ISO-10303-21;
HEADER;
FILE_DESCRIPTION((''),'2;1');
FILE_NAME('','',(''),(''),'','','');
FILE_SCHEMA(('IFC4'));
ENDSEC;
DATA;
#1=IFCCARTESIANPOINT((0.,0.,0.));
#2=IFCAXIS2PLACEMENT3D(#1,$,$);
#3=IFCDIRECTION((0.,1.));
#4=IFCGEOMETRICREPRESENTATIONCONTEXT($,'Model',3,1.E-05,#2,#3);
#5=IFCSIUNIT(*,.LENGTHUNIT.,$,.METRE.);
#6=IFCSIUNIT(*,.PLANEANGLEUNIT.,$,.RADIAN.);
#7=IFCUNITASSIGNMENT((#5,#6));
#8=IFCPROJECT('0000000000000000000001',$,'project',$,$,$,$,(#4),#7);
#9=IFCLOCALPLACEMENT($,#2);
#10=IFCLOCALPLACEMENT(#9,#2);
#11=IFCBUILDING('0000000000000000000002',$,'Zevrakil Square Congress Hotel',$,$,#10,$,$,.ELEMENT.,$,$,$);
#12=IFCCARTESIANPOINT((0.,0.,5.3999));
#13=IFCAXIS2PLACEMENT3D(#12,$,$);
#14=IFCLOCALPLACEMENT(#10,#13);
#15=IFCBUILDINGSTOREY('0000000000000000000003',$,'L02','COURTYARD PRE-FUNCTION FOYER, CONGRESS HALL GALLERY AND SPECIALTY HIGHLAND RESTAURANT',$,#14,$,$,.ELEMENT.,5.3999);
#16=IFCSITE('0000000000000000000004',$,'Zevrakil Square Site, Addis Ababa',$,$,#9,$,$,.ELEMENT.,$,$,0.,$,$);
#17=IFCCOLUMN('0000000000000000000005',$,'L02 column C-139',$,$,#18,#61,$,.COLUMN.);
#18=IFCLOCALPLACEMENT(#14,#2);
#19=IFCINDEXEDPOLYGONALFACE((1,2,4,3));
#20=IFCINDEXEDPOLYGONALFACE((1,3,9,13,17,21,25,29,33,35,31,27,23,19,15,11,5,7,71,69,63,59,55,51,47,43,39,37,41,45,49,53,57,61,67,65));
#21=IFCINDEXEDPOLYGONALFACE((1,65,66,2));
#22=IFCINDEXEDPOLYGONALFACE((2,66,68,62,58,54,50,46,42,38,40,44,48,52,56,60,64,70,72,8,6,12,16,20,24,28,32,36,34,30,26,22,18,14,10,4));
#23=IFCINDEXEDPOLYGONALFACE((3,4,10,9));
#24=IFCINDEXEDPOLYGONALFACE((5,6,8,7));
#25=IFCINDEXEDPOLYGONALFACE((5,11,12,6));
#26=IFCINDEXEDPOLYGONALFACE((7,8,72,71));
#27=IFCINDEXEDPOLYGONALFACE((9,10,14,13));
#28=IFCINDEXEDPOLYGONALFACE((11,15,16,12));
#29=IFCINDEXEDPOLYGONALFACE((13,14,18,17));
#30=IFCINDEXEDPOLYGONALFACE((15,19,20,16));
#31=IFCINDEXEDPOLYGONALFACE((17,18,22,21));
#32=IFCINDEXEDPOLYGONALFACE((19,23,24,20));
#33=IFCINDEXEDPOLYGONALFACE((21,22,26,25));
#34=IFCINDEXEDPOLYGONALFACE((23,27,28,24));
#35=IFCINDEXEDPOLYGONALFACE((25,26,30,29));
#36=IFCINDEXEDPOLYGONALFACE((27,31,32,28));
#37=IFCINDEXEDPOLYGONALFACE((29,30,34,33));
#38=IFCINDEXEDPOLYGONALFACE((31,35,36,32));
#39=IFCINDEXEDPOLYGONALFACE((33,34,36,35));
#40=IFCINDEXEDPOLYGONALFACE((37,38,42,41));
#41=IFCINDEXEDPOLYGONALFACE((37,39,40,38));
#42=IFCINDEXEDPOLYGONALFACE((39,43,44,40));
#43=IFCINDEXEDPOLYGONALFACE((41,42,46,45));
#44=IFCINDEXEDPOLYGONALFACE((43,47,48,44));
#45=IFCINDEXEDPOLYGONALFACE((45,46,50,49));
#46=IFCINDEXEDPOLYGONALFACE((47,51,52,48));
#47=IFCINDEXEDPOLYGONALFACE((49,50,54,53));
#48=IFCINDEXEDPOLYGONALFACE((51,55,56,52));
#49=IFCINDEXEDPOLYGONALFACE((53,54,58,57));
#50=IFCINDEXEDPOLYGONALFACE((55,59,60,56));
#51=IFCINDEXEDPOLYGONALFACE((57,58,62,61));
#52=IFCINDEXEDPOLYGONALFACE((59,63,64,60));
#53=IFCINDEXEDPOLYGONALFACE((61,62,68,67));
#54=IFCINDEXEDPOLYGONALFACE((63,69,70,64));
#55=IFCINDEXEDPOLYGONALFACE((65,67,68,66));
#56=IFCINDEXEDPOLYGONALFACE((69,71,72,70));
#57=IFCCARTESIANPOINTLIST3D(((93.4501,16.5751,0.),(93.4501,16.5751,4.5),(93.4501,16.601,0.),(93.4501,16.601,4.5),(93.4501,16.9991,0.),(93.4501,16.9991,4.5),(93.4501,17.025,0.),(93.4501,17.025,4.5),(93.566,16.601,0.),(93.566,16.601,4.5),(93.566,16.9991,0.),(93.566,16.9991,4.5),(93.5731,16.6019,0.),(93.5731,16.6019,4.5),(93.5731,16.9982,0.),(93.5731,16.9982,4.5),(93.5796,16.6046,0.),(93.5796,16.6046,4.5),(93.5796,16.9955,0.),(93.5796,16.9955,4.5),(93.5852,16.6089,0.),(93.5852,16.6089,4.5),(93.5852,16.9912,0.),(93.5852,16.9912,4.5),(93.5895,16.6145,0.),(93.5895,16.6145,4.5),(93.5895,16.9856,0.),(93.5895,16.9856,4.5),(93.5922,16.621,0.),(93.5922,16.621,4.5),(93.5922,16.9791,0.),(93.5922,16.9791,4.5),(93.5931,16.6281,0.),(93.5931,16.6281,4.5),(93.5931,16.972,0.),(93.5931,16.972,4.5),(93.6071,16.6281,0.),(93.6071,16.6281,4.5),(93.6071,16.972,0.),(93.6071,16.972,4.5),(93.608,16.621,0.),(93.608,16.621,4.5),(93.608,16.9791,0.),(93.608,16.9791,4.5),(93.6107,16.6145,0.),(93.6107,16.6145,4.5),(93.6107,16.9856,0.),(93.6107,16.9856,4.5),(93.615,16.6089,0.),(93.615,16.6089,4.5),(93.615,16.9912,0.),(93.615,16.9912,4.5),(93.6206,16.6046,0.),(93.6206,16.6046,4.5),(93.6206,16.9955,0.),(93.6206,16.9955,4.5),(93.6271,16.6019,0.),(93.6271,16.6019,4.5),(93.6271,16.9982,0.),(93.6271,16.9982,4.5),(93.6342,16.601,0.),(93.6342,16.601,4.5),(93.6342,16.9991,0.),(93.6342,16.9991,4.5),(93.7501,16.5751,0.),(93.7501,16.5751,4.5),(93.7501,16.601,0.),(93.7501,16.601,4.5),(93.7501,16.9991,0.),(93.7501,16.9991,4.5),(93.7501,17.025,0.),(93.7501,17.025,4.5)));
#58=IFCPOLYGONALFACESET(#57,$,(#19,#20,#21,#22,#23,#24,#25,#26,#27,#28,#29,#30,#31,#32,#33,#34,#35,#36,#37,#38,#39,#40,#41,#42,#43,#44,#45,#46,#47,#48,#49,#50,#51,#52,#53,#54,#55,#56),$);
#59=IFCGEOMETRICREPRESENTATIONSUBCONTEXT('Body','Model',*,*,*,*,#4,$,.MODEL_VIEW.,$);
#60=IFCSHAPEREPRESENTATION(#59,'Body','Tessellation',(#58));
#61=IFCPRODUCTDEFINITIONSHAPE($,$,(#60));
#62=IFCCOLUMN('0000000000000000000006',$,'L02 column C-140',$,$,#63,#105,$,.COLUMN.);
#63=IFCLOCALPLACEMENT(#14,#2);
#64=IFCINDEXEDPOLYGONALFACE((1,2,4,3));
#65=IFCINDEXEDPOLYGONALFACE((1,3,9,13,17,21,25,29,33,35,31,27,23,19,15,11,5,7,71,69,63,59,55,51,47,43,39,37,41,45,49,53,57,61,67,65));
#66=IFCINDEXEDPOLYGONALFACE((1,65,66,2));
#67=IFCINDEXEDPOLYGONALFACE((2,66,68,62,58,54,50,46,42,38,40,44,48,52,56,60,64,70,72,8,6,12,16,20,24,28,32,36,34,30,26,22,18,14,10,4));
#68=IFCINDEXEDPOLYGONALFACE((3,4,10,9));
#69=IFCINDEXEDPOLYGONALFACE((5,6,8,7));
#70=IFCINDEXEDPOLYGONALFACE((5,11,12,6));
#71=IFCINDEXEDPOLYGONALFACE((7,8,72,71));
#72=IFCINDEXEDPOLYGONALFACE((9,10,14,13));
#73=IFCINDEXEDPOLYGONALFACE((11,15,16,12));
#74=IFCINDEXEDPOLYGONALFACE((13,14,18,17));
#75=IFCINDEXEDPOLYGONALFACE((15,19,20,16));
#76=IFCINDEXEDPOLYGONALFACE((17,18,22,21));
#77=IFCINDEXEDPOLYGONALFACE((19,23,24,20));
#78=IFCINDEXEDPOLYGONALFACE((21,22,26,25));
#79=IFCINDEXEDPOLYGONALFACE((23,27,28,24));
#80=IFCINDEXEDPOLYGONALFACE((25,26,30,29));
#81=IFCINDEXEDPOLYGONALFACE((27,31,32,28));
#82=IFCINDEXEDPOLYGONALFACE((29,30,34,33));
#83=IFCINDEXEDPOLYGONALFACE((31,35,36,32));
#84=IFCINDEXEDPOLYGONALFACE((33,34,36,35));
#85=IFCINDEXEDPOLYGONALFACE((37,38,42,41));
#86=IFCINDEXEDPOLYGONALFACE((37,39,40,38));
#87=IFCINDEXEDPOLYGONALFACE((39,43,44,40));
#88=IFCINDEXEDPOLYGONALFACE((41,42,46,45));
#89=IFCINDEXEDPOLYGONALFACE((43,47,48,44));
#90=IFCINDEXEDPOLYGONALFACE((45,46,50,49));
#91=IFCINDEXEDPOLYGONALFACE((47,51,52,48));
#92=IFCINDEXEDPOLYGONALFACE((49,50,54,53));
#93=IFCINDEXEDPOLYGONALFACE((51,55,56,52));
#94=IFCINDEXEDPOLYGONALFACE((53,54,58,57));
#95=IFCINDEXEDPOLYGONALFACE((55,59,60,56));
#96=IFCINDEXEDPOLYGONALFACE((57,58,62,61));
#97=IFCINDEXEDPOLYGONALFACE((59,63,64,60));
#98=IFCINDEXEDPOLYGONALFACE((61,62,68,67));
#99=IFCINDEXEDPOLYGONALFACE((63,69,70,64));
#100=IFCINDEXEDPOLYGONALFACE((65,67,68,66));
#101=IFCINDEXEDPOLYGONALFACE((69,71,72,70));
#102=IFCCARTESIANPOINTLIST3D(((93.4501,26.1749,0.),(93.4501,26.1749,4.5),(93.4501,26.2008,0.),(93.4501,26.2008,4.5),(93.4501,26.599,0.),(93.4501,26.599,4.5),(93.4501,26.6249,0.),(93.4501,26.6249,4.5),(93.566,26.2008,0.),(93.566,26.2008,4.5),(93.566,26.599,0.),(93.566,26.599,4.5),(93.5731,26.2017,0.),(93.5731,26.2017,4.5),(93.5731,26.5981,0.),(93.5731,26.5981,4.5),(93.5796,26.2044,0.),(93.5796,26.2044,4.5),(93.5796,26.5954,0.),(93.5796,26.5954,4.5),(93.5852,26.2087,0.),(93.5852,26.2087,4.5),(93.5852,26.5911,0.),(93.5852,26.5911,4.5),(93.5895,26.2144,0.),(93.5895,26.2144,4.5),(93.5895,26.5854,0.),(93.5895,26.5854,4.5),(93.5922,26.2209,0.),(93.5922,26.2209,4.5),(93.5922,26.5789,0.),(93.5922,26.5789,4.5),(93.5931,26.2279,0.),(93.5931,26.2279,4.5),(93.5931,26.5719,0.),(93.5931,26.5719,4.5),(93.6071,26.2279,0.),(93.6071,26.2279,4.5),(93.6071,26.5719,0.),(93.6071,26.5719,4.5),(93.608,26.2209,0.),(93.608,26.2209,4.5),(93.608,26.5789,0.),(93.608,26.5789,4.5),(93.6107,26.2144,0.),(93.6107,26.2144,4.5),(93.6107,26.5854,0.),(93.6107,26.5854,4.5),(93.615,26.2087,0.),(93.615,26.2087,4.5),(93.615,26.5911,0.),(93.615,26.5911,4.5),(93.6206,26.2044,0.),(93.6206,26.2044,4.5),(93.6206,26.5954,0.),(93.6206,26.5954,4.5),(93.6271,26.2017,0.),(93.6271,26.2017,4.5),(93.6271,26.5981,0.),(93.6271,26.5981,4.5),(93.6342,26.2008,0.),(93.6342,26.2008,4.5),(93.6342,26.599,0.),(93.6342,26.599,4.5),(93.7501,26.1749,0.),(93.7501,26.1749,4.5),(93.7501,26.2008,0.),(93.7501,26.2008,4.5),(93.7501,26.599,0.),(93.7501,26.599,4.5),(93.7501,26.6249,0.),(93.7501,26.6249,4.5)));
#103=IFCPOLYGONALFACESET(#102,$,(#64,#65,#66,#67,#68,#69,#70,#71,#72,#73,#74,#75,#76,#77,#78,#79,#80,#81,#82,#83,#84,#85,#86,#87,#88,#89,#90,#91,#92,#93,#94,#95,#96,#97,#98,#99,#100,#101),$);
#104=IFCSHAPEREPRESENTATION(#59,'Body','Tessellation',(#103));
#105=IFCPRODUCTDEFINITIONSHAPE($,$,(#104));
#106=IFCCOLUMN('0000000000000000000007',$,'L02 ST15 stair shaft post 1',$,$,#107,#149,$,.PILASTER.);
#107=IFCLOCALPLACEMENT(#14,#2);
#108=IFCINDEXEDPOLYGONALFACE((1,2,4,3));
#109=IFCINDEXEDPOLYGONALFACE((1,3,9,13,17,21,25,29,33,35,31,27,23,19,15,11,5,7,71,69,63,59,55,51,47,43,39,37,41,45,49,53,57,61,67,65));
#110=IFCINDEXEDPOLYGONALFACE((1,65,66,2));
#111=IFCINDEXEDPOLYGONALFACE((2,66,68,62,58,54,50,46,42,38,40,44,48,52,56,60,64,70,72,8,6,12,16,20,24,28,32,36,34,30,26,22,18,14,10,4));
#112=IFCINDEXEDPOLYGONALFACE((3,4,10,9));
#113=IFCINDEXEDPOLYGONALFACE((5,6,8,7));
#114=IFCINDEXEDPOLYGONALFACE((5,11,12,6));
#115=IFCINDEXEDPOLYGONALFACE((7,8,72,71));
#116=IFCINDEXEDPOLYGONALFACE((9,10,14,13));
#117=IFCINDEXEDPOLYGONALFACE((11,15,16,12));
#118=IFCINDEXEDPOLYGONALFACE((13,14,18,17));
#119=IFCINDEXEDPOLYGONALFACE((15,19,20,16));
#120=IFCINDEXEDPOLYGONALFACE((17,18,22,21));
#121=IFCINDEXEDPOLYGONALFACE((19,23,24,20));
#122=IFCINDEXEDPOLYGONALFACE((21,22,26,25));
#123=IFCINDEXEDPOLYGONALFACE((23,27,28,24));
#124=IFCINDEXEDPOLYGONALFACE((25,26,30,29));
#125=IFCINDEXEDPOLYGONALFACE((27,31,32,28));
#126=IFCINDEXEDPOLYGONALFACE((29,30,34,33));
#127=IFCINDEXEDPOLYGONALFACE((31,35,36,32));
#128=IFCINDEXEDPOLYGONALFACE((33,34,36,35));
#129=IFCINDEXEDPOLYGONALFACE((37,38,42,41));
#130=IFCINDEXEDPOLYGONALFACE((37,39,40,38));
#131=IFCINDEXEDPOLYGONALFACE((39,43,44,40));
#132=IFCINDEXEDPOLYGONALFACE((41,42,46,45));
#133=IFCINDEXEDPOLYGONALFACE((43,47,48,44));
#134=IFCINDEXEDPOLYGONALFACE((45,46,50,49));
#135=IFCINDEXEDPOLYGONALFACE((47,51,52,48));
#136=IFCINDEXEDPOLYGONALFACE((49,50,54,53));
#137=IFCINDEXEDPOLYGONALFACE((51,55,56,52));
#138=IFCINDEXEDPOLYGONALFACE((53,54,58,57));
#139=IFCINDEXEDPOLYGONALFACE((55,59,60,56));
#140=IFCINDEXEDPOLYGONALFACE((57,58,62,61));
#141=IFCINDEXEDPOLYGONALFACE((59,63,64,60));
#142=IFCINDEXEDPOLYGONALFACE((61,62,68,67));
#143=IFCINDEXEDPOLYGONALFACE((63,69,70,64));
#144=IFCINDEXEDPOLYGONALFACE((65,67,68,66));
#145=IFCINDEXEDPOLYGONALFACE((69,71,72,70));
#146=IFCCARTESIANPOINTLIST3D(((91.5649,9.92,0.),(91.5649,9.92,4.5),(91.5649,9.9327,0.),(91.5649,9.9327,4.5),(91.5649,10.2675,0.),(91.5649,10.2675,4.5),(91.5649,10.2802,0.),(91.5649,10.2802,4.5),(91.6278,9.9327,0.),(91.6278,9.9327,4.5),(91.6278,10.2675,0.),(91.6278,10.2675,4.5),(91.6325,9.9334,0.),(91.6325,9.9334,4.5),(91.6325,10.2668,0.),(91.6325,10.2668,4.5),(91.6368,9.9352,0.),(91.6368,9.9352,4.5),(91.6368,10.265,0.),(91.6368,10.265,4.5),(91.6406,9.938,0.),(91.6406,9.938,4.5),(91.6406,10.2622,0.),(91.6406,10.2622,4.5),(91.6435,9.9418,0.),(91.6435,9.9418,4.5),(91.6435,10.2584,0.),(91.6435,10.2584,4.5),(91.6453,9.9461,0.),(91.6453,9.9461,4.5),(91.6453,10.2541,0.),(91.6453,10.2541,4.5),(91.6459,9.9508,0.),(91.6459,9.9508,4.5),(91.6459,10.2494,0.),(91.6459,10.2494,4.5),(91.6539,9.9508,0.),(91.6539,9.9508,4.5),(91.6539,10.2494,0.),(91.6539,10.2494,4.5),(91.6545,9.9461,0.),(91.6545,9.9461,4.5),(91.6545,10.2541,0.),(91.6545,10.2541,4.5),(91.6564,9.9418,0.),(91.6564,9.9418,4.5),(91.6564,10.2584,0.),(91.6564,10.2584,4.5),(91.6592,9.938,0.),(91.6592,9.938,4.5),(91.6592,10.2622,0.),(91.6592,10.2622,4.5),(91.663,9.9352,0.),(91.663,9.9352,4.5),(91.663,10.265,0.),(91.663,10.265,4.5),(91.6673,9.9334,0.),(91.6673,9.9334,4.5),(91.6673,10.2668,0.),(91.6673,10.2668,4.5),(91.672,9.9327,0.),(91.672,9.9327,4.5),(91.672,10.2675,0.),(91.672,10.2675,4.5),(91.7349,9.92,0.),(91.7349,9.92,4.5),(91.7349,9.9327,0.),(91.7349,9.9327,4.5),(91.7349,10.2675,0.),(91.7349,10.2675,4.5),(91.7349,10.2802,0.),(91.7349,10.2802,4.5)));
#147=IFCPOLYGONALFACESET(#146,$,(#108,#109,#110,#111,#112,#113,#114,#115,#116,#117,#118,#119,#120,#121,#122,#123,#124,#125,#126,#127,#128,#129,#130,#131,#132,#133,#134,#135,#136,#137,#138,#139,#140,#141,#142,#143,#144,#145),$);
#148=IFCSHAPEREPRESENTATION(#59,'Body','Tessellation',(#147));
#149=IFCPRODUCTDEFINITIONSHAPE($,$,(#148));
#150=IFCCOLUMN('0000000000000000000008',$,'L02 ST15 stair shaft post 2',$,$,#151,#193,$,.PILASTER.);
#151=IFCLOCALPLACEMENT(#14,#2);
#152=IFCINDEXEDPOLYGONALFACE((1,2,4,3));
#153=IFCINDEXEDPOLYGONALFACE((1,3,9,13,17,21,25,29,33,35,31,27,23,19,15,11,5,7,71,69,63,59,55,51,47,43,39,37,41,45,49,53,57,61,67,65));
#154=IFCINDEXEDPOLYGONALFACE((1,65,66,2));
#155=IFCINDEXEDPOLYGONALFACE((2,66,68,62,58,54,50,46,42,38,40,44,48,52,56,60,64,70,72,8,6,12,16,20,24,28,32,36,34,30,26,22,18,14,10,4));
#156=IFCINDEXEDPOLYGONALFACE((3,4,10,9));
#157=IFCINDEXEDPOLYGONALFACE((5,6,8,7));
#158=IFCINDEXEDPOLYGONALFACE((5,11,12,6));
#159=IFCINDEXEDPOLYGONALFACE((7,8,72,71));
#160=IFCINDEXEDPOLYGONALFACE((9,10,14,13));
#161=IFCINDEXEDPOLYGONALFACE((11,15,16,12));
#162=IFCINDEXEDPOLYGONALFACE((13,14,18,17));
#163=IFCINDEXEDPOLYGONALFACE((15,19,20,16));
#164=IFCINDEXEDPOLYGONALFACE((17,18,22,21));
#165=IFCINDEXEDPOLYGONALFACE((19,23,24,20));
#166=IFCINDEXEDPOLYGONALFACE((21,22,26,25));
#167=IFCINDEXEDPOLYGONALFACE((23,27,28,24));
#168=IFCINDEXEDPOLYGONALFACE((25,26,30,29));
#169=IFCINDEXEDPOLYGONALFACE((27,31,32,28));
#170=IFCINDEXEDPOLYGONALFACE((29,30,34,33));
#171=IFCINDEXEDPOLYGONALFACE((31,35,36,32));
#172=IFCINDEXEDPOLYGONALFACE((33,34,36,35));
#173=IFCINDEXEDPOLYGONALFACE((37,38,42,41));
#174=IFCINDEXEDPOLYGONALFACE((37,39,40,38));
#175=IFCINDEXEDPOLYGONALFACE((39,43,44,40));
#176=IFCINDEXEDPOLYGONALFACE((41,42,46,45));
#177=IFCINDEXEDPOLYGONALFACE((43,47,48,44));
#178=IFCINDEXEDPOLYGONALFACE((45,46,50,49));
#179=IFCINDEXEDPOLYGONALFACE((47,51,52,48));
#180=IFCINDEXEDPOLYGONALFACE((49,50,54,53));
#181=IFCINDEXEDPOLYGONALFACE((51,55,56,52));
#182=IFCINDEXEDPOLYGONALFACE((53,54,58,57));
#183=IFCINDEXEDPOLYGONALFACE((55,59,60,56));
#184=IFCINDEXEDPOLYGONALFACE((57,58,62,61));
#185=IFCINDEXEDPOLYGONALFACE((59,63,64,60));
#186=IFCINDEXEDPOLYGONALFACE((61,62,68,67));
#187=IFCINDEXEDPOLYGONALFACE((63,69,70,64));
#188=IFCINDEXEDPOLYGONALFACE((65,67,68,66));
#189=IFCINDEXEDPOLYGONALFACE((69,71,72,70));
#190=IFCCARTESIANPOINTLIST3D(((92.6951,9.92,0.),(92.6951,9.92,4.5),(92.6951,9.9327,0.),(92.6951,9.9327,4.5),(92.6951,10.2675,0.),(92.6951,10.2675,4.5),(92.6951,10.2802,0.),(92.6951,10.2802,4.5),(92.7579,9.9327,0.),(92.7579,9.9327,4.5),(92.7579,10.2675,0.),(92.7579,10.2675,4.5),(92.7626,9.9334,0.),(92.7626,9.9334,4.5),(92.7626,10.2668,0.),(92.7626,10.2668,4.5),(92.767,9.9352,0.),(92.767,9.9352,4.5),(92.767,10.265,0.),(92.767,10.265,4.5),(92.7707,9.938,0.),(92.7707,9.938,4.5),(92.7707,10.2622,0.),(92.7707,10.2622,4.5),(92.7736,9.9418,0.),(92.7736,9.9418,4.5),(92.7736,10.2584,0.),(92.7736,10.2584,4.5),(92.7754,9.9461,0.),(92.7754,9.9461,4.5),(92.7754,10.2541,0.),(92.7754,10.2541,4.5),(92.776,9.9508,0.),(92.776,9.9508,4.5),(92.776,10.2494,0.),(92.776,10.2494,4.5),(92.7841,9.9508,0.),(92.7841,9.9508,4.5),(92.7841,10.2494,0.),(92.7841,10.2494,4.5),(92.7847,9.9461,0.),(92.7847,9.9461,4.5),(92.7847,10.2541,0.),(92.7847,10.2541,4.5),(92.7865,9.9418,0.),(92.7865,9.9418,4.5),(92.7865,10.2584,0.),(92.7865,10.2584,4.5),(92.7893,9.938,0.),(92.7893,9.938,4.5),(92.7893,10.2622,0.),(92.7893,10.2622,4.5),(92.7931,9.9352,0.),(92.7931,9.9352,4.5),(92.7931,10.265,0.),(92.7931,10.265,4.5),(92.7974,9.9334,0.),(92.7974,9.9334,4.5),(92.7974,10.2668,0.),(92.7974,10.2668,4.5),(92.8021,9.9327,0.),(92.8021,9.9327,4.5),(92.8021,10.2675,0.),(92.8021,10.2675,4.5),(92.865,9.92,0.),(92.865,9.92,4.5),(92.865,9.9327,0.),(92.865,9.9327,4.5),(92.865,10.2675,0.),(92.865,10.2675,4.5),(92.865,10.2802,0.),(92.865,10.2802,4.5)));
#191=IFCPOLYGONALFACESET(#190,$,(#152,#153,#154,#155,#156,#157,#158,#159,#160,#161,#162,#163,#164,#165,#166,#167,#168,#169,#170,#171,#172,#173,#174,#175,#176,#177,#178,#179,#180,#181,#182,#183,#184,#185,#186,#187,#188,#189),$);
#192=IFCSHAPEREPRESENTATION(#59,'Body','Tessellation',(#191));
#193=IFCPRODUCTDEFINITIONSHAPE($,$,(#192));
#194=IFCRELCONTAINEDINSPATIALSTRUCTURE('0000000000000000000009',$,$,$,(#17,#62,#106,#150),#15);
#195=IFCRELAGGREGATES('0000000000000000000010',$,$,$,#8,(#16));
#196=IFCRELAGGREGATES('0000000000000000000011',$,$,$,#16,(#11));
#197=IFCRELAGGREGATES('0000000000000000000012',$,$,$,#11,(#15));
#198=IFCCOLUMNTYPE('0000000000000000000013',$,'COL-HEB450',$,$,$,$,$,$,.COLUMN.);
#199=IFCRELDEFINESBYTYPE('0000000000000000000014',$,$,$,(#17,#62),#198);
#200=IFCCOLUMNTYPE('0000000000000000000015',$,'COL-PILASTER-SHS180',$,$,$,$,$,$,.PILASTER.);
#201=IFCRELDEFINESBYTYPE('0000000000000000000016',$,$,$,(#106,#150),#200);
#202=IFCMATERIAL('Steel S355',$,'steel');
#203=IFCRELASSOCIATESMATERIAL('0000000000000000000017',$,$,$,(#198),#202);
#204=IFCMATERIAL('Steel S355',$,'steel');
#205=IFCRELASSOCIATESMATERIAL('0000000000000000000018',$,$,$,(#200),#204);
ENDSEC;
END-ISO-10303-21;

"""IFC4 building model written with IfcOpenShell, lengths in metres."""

from ifc_helpers import new_model, si_unit, direction, frame, origin, origin_2d, place, context, subcontext, project, spatial, i_section, extrude, material, material_profile, profile_set, type_object, element, save


model = new_model("IFC4")

# Units and contexts
model_context = context("Model", 3, precision=1e-05, world=origin(), true_north=direction((0.0, 1.0)))
body_context = subcontext(model_context, "Body", "Model", "MODEL_VIEW")
ifc_project = project(units=[si_unit("LENGTHUNIT", "METRE"), si_unit("PLANEANGLEUNIT", "RADIAN")], contexts=[model_context])

# Site, building, storey
site_placement = place(None, origin())
site = spatial("IfcSite", under=ifc_project, at=site_placement, Name="Zevrakil Square Site, Addis Ababa", CompositionType="ELEMENT", RefElevation=0.0)
building_placement = place(site_placement, origin())
building = spatial("IfcBuilding", under=site, at=building_placement, Name="Zevrakil Square Congress Hotel", CompositionType="ELEMENT")
storey_placement = place(building_placement, frame((0.0, 0.0, 5.3999)))
storey = spatial("IfcBuildingStorey", under=building, at=storey_placement, Name="L02", Description="COURTYARD PRE-FUNCTION FOYER, CONGRESS HALL GALLERY AND SPECIALTY HIGHLAND RESTAURANT", CompositionType="ELEMENT", Elevation=5.3999)

# Columns
ifc_material_1 = material(Name="Steel S355", Category="steel")
ifc_material_profile_1 = material_profile(ifc_material_1, i_section(OverallWidth=0.3, OverallDepth=0.45, WebThickness=0.0139, FlangeThickness=0.0259, FilletRadius=0.0271, at=origin_2d()), Name="HEB 450")
ifc_profile_set_1 = profile_set([ifc_material_profile_1], Name="Steel S355")
column_type_1 = type_object("IfcColumnType", Name="COL-HEB450", PredefinedType="COLUMN", material=ifc_profile_set_1)
for number, where, z_axis, x_axis, name in (
    (1, (93.6001, 16.8, 0.0), (0.0, 0.0, 1.0), (1.0, 0.0, 0.0), "L02 column C-139"),
    (2, (93.6001, 26.3999, 0.0), (0.0, 0.0, 1.0), (1.0, 0.0, 0.0), "L02 column C-140"),
):
    element("IfcColumn", number, at=place(storey_placement, frame(where, z_axis=z_axis, x_axis=x_axis)), inside=storey, type_object=column_type_1, Name=name, PredefinedType="COLUMN", context=body_context, shape_type="SweptSolid", body=[
        extrude(i_section(OverallWidth=0.3, OverallDepth=0.45, WebThickness=0.0139, FlangeThickness=0.0259, FilletRadius=0.0271, at=origin_2d()), origin(), (0.0, 0.0, 1.0), 4.5),
    ])
ifc_material_2 = material(Name="Steel S355", Category="steel")
ifc_material_profile_2 = material_profile(ifc_material_2, i_section(OverallWidth=0.1699, OverallDepth=0.3601, WebThickness=0.0081, FlangeThickness=0.0127, FilletRadius=0.0181, at=origin_2d()), Name="IPE 360")
ifc_profile_set_2 = profile_set([ifc_material_profile_2], Name="Steel S355")
column_type_2 = type_object("IfcColumnType", Name="COL-PILASTER-SHS180", PredefinedType="PILASTER", material=ifc_profile_set_2)
for number, where, z_axis, x_axis, name in (
    (3, (91.6499, 10.1001, 0.0), (0.0, 0.0, 1.0), (1.0, 0.0, 0.0), "L02 ST15 stair shaft post 1"),
    (4, (92.78, 10.1001, 0.0), (0.0, 0.0, 1.0), (1.0, 0.0, 0.0), "L02 ST15 stair shaft post 2"),
):
    element("IfcColumn", number, at=place(storey_placement, frame(where, z_axis=z_axis, x_axis=x_axis)), inside=storey, type_object=column_type_2, Name=name, PredefinedType="PILASTER", context=body_context, shape_type="SweptSolid", body=[
        extrude(i_section(OverallWidth=0.1699, OverallDepth=0.3601, WebThickness=0.0081, FlangeThickness=0.0127, FilletRadius=0.0181, at=origin_2d()), origin(), (0.0, 0.0, 1.0), 4.5),
    ])

save(model, "model.ifc")
